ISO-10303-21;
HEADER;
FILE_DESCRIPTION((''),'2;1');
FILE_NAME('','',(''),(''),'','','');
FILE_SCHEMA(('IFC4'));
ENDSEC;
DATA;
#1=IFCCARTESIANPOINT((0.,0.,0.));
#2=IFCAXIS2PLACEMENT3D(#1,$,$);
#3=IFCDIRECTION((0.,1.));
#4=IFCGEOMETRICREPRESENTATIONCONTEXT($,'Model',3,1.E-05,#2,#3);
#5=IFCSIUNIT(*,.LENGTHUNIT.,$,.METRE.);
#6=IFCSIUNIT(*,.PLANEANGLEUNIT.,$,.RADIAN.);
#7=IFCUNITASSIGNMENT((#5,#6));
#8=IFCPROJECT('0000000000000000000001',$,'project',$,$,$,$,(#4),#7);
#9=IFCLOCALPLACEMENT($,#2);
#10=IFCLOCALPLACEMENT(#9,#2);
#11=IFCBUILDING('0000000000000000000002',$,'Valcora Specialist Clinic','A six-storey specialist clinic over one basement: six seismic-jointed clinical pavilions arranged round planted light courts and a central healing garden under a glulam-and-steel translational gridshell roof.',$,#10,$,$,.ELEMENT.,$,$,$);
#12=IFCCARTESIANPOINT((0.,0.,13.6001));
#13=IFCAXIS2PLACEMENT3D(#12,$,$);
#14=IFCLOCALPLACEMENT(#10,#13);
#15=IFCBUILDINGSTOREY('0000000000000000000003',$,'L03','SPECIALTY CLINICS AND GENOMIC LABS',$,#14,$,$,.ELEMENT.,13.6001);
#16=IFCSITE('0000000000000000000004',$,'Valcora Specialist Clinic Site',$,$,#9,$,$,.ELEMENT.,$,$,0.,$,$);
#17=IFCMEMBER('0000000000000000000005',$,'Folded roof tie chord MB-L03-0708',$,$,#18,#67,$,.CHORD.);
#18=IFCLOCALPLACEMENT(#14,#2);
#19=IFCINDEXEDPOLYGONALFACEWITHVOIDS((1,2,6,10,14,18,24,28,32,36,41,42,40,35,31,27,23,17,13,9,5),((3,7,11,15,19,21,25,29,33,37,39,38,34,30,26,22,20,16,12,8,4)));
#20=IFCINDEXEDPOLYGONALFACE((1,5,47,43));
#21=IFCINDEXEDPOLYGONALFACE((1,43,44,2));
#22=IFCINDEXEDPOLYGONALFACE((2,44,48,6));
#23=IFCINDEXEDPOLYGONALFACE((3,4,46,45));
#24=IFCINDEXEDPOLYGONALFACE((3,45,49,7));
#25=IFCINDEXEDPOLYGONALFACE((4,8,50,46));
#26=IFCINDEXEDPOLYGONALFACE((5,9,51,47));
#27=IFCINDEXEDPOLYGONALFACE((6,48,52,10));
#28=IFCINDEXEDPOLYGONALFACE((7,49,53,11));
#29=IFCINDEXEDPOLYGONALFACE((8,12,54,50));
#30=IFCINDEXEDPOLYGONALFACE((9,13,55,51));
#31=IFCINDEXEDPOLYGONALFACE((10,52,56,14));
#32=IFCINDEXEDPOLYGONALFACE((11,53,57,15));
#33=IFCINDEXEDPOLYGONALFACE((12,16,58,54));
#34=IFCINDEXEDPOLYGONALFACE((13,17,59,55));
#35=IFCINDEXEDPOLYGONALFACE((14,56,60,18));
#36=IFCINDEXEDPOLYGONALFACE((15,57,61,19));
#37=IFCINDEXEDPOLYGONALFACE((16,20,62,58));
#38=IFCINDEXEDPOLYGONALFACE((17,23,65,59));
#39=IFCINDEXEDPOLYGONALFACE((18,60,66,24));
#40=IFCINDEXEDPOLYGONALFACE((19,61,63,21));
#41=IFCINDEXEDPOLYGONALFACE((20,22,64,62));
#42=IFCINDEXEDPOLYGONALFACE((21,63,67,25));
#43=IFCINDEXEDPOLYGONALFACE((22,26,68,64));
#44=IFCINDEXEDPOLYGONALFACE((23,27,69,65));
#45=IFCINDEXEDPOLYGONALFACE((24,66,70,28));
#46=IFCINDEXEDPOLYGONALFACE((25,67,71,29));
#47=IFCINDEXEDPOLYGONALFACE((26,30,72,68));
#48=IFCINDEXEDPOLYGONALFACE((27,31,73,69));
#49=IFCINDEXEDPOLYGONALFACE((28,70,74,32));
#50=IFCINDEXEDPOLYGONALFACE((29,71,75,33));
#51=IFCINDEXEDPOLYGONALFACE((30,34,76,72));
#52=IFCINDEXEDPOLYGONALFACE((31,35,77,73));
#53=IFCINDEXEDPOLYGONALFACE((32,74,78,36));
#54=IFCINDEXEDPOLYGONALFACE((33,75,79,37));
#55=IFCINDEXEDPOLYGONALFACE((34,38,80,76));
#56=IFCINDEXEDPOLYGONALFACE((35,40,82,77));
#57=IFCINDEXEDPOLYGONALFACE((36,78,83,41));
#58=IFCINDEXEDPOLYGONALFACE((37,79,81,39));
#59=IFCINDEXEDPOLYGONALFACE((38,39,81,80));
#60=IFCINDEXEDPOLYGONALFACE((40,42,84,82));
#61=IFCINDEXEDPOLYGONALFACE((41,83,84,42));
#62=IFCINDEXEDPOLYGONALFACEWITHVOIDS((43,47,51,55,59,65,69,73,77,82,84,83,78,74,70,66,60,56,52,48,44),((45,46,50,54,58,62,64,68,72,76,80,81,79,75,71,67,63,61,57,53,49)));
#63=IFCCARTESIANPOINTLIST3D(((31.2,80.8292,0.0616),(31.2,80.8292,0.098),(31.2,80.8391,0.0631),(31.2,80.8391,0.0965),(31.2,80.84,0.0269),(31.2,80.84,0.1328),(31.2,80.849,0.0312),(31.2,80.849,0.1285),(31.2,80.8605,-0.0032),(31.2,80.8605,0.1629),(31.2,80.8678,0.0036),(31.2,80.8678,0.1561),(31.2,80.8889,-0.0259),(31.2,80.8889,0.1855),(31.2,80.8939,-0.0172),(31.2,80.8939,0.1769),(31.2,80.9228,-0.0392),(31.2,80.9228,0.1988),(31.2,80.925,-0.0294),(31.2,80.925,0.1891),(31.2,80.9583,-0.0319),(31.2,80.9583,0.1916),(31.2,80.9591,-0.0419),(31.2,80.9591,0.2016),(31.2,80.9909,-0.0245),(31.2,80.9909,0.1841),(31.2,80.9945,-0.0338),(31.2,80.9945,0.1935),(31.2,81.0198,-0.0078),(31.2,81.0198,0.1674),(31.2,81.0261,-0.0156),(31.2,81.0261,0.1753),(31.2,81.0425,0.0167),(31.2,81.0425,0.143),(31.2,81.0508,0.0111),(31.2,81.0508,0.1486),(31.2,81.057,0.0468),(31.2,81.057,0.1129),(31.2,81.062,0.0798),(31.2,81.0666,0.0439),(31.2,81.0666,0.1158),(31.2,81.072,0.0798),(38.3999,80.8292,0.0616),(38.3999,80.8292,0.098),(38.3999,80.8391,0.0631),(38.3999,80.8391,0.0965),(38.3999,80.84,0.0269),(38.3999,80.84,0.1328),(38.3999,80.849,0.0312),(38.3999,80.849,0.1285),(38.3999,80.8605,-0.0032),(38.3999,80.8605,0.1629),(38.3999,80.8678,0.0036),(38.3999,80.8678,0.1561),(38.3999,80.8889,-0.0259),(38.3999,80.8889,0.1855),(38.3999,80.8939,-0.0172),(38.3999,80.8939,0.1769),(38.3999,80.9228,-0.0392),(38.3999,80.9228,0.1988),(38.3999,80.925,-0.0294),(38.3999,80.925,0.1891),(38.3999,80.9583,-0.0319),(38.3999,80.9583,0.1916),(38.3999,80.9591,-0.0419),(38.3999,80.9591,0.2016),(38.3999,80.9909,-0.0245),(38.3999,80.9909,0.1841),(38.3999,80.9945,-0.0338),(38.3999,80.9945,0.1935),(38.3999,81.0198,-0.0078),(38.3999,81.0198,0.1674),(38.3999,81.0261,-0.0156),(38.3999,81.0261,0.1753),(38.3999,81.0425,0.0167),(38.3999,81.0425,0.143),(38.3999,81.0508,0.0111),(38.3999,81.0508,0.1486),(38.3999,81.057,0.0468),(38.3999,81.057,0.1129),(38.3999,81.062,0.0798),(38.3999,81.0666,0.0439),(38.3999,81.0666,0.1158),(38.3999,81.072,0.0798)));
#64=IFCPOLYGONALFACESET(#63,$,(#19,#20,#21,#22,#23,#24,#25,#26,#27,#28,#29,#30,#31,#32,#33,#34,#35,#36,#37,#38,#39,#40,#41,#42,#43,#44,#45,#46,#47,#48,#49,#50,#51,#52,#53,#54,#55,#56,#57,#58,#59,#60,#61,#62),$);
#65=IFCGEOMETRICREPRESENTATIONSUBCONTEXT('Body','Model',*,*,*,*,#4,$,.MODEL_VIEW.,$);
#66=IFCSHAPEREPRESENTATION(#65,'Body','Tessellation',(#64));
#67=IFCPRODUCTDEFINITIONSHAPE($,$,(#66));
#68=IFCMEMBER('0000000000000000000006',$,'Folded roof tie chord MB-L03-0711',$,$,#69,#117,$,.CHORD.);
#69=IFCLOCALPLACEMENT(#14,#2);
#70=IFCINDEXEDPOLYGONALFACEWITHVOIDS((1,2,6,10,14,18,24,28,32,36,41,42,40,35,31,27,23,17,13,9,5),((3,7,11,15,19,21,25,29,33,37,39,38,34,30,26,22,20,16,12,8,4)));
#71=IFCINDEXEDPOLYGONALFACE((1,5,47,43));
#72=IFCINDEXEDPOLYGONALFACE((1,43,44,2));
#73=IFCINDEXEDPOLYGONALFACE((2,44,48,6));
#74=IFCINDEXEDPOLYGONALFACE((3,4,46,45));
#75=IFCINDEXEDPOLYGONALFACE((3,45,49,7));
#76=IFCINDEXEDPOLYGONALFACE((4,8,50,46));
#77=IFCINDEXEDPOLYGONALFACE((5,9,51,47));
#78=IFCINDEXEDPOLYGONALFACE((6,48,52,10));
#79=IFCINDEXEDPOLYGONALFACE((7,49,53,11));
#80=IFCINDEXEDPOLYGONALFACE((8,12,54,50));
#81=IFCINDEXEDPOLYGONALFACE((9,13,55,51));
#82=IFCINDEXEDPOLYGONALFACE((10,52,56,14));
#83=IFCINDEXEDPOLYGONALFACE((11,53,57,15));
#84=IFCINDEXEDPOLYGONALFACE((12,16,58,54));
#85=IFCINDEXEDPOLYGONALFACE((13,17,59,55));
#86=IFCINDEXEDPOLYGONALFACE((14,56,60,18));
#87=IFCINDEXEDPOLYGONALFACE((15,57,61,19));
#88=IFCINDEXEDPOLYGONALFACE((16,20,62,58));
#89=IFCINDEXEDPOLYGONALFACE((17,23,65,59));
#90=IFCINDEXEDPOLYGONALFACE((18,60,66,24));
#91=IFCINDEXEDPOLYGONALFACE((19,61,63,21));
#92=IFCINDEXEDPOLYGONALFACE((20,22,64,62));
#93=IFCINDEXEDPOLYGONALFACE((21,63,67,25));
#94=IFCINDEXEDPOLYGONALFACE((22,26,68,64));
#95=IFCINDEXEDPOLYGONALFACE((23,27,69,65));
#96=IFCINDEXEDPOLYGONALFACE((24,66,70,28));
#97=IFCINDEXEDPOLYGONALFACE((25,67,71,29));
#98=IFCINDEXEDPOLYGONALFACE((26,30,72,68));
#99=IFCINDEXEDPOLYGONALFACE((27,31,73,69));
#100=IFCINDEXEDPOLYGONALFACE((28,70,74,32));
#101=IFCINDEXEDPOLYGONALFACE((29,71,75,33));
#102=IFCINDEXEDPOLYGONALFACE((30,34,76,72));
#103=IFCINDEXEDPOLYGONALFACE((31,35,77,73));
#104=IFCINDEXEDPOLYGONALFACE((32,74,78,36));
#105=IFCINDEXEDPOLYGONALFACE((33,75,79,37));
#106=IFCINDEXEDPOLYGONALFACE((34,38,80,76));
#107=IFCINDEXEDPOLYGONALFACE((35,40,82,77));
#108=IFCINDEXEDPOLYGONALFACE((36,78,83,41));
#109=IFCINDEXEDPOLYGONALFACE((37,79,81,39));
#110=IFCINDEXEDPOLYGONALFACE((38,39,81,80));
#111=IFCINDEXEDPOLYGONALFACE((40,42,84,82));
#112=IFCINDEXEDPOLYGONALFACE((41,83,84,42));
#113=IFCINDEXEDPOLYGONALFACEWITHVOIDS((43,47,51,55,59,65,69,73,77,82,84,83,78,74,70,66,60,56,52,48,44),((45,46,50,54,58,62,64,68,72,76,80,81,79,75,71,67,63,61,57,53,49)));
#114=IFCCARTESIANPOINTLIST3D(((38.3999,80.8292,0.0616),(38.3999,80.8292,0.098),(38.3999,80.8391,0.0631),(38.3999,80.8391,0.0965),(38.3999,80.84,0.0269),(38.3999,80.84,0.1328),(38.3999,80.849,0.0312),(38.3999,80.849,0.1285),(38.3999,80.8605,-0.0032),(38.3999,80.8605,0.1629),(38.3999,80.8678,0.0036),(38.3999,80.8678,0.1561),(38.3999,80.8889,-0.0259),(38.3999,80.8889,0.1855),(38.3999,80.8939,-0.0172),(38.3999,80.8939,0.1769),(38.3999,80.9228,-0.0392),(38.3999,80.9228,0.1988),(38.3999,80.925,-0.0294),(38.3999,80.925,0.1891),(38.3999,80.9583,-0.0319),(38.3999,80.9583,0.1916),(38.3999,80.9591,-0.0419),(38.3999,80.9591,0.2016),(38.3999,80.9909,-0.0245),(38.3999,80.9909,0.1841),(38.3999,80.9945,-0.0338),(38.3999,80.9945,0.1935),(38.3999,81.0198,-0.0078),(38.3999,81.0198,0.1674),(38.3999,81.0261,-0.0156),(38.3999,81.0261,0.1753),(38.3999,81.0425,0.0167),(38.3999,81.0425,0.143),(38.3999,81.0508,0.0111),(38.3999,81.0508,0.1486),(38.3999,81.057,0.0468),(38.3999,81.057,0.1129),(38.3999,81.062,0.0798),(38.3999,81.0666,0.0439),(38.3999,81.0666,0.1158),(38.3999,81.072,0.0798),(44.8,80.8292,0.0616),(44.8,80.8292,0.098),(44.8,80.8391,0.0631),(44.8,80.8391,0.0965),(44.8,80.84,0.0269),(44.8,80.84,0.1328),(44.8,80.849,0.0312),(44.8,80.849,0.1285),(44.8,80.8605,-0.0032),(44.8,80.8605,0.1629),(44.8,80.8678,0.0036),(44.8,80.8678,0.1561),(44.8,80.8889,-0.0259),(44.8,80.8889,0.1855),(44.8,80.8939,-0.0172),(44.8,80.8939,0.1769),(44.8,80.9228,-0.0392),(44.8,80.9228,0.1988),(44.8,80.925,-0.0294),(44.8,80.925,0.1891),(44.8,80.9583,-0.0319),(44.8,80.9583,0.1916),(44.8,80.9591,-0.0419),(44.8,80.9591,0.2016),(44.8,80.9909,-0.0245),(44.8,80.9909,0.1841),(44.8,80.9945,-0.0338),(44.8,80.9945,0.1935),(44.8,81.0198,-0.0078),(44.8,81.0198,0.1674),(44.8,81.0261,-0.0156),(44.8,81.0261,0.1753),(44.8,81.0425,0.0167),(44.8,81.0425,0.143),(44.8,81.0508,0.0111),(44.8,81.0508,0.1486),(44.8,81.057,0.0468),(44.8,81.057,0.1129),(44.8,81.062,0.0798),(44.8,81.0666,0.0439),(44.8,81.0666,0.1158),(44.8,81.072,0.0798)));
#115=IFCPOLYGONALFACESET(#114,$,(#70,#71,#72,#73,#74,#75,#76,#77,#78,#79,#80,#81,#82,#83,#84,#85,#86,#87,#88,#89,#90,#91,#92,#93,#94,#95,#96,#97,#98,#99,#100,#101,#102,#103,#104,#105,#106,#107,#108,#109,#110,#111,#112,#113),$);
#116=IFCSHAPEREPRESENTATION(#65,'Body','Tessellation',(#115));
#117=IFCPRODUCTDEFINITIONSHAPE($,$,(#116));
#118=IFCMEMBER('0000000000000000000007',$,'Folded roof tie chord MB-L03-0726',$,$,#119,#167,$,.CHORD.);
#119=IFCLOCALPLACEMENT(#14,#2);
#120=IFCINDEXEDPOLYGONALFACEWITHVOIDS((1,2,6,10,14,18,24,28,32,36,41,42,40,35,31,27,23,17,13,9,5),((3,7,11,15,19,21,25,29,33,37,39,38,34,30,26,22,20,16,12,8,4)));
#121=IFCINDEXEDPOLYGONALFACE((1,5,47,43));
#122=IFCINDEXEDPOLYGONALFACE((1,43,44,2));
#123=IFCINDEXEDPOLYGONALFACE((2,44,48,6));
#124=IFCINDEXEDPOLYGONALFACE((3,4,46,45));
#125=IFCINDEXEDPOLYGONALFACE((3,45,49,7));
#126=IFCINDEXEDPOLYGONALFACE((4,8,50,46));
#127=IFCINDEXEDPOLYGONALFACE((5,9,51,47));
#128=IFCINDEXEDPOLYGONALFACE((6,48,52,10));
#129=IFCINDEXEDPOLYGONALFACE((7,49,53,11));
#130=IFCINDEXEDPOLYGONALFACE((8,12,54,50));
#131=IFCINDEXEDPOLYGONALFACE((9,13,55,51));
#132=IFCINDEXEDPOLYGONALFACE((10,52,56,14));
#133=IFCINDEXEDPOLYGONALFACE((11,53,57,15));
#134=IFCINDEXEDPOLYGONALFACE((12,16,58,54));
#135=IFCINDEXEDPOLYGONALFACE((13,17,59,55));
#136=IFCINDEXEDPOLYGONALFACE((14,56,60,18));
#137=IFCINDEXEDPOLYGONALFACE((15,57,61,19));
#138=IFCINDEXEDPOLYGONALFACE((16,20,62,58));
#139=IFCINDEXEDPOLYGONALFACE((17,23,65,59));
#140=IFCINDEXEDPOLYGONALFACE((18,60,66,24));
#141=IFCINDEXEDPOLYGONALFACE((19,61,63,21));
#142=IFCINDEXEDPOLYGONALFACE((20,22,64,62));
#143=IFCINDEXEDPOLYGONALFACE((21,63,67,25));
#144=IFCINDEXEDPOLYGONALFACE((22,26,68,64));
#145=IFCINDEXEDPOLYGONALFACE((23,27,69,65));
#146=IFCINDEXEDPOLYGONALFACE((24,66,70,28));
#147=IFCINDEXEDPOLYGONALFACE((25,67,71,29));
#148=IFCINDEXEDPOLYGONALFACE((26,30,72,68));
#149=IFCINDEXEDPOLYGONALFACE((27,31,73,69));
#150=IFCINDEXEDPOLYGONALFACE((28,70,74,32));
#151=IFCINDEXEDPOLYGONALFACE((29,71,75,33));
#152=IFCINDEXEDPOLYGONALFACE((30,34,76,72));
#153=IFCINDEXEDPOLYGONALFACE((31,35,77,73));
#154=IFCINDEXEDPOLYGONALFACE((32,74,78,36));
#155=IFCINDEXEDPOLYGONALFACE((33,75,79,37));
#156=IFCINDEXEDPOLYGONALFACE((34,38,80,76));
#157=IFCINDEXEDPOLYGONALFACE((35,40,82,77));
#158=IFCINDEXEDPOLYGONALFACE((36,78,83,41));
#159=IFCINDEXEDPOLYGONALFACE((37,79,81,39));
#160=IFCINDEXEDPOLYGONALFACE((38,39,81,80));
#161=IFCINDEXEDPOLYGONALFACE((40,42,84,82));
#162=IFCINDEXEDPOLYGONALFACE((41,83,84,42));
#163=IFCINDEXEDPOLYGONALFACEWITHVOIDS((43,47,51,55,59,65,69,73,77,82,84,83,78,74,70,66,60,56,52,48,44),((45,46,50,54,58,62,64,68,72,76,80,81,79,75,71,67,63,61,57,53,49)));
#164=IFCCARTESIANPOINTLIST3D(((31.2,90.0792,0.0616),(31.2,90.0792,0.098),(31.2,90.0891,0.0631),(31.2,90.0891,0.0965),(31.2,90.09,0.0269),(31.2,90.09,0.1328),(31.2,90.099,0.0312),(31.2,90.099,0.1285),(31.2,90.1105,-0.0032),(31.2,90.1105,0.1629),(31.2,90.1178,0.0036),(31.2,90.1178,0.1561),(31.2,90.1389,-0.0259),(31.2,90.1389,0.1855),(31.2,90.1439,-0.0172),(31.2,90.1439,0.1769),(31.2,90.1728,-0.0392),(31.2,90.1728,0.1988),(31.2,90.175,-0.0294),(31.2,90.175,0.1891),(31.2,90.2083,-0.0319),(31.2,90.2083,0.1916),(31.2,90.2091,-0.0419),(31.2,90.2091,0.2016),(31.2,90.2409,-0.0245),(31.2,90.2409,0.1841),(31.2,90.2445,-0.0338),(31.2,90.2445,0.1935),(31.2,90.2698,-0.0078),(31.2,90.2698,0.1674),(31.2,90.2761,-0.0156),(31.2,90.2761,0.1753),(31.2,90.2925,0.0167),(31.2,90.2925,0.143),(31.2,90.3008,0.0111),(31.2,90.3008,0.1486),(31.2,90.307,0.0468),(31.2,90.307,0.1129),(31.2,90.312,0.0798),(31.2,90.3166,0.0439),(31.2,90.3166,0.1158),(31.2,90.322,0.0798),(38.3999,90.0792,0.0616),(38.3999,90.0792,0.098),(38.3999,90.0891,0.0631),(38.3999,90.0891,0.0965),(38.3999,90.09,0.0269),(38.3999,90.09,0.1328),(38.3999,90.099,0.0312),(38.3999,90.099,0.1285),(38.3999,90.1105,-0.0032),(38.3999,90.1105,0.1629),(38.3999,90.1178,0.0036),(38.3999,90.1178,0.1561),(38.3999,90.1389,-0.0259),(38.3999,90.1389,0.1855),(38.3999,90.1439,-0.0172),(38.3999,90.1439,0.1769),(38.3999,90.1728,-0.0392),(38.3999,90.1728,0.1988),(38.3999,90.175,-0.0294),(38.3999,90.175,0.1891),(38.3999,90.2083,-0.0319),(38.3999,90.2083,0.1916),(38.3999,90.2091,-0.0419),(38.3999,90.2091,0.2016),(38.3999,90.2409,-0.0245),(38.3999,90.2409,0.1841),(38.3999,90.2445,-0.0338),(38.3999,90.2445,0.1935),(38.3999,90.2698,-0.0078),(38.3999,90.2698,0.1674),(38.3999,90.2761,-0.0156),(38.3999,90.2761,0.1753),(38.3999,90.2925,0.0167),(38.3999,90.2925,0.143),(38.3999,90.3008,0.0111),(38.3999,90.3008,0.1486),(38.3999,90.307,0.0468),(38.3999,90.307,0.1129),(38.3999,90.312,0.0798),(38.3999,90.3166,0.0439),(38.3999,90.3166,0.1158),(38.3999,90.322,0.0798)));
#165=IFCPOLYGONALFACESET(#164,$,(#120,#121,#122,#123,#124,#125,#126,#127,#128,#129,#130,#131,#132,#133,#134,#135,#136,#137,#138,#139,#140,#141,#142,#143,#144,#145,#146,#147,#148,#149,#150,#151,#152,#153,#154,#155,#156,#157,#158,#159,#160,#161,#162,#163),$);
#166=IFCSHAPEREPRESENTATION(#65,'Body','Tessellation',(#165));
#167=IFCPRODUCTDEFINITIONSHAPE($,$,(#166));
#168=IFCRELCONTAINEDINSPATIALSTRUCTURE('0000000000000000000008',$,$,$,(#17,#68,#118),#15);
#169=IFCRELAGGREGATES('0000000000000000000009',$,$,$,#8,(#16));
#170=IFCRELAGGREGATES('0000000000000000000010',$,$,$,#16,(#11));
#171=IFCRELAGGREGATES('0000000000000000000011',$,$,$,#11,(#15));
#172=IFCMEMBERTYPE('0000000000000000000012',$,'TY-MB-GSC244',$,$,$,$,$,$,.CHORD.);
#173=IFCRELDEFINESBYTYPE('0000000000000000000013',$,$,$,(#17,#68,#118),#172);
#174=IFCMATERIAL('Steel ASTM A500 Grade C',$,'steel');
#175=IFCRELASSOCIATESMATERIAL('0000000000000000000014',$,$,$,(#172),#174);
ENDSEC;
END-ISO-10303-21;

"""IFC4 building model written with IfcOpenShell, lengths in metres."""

from ifc_helpers import new_model, si_unit, direction, frame, origin, origin_2d, place, context, subcontext, project, spatial, hollow_circle, extrude, material, material_profile, profile_set, type_object, element, save


model = new_model("IFC4")

# Units and contexts
model_context = context("Model", 3, precision=1e-05, world=origin(), true_north=direction((0.0, 1.0)))
body_context = subcontext(model_context, "Body", "Model", "MODEL_VIEW")
ifc_project = project(units=[si_unit("LENGTHUNIT", "METRE"), si_unit("PLANEANGLEUNIT", "RADIAN")], contexts=[model_context])

# Site, building, storey
site_placement = place(None, origin())
site = spatial("IfcSite", under=ifc_project, at=site_placement, Name="Valcora Specialist Clinic Site", CompositionType="ELEMENT", RefElevation=0.0)
building_placement = place(site_placement, origin())
building = spatial("IfcBuilding", under=site, at=building_placement, Name="Valcora Specialist Clinic", Description="A six-storey specialist clinic over one basement: six seismic-jointed clinical pavilions arranged round planted light courts and a central healing garden under a glulam-and-steel translational gridshell roof.", CompositionType="ELEMENT")
storey_placement = place(building_placement, frame((0.0, 0.0, 13.6001)))
storey = spatial("IfcBuildingStorey", under=building, at=storey_placement, Name="L03", Description="SPECIALTY CLINICS AND GENOMIC LABS", CompositionType="ELEMENT", Elevation=13.6001)

# Shared definitions
ifc_material_1 = material(Name="Steel ASTM A500 Grade C", Category="steel")

# Members
ifc_material_profile_1 = material_profile(ifc_material_1, hollow_circle(Radius=0.1221, WallThickness=0.01, at=origin_2d()), Name="ST-CHS-244X10")
ifc_profile_set_1 = profile_set([ifc_material_profile_1], Name="Steel ASTM A500 Grade C")
member_type_1 = type_object("IfcMemberType", Name="TY-MB-GSC244", PredefinedType="CHORD", material=ifc_profile_set_1)
member_1_placement = place(storey_placement, frame((31.2, 80.95, 0.0798), z_axis=(1.0, 0.0, 0.0), x_axis=(0.0, 1.0, 0.0)))
element("IfcMember", 1, at=member_1_placement, inside=storey, type_object=member_type_1, Name="Folded roof tie chord MB-L03-0708", PredefinedType="CHORD", context=body_context, shape_type="SweptSolid", body=[
    extrude(hollow_circle(Radius=0.1221, WallThickness=0.01, at=origin_2d()), origin(), (0.0, 0.0, 1.0), 7.2),
])
member_2_placement = place(storey_placement, frame((38.3999, 80.95, 0.0798), z_axis=(1.0, 0.0, 0.0), x_axis=(0.0, 1.0, 0.0)))
element("IfcMember", 2, at=member_2_placement, inside=storey, type_object=member_type_1, Name="Folded roof tie chord MB-L03-0711", PredefinedType="CHORD", context=body_context, shape_type="SweptSolid", body=[
    extrude(hollow_circle(Radius=0.1221, WallThickness=0.01, at=origin_2d()), origin(), (0.0, 0.0, 1.0), 6.4001),
])
member_3_placement = place(storey_placement, frame((31.2, 90.2, 0.0798), z_axis=(1.0, 0.0, 0.0), x_axis=(0.0, 1.0, 0.0)))
element("IfcMember", 3, at=member_3_placement, inside=storey, type_object=member_type_1, Name="Folded roof tie chord MB-L03-0726", PredefinedType="CHORD", context=body_context, shape_type="SweptSolid", body=[
    extrude(hollow_circle(Radius=0.1221, WallThickness=0.01, at=origin_2d()), origin(), (0.0, 0.0, 1.0), 7.2),
])

save(model, "model.ifc")
